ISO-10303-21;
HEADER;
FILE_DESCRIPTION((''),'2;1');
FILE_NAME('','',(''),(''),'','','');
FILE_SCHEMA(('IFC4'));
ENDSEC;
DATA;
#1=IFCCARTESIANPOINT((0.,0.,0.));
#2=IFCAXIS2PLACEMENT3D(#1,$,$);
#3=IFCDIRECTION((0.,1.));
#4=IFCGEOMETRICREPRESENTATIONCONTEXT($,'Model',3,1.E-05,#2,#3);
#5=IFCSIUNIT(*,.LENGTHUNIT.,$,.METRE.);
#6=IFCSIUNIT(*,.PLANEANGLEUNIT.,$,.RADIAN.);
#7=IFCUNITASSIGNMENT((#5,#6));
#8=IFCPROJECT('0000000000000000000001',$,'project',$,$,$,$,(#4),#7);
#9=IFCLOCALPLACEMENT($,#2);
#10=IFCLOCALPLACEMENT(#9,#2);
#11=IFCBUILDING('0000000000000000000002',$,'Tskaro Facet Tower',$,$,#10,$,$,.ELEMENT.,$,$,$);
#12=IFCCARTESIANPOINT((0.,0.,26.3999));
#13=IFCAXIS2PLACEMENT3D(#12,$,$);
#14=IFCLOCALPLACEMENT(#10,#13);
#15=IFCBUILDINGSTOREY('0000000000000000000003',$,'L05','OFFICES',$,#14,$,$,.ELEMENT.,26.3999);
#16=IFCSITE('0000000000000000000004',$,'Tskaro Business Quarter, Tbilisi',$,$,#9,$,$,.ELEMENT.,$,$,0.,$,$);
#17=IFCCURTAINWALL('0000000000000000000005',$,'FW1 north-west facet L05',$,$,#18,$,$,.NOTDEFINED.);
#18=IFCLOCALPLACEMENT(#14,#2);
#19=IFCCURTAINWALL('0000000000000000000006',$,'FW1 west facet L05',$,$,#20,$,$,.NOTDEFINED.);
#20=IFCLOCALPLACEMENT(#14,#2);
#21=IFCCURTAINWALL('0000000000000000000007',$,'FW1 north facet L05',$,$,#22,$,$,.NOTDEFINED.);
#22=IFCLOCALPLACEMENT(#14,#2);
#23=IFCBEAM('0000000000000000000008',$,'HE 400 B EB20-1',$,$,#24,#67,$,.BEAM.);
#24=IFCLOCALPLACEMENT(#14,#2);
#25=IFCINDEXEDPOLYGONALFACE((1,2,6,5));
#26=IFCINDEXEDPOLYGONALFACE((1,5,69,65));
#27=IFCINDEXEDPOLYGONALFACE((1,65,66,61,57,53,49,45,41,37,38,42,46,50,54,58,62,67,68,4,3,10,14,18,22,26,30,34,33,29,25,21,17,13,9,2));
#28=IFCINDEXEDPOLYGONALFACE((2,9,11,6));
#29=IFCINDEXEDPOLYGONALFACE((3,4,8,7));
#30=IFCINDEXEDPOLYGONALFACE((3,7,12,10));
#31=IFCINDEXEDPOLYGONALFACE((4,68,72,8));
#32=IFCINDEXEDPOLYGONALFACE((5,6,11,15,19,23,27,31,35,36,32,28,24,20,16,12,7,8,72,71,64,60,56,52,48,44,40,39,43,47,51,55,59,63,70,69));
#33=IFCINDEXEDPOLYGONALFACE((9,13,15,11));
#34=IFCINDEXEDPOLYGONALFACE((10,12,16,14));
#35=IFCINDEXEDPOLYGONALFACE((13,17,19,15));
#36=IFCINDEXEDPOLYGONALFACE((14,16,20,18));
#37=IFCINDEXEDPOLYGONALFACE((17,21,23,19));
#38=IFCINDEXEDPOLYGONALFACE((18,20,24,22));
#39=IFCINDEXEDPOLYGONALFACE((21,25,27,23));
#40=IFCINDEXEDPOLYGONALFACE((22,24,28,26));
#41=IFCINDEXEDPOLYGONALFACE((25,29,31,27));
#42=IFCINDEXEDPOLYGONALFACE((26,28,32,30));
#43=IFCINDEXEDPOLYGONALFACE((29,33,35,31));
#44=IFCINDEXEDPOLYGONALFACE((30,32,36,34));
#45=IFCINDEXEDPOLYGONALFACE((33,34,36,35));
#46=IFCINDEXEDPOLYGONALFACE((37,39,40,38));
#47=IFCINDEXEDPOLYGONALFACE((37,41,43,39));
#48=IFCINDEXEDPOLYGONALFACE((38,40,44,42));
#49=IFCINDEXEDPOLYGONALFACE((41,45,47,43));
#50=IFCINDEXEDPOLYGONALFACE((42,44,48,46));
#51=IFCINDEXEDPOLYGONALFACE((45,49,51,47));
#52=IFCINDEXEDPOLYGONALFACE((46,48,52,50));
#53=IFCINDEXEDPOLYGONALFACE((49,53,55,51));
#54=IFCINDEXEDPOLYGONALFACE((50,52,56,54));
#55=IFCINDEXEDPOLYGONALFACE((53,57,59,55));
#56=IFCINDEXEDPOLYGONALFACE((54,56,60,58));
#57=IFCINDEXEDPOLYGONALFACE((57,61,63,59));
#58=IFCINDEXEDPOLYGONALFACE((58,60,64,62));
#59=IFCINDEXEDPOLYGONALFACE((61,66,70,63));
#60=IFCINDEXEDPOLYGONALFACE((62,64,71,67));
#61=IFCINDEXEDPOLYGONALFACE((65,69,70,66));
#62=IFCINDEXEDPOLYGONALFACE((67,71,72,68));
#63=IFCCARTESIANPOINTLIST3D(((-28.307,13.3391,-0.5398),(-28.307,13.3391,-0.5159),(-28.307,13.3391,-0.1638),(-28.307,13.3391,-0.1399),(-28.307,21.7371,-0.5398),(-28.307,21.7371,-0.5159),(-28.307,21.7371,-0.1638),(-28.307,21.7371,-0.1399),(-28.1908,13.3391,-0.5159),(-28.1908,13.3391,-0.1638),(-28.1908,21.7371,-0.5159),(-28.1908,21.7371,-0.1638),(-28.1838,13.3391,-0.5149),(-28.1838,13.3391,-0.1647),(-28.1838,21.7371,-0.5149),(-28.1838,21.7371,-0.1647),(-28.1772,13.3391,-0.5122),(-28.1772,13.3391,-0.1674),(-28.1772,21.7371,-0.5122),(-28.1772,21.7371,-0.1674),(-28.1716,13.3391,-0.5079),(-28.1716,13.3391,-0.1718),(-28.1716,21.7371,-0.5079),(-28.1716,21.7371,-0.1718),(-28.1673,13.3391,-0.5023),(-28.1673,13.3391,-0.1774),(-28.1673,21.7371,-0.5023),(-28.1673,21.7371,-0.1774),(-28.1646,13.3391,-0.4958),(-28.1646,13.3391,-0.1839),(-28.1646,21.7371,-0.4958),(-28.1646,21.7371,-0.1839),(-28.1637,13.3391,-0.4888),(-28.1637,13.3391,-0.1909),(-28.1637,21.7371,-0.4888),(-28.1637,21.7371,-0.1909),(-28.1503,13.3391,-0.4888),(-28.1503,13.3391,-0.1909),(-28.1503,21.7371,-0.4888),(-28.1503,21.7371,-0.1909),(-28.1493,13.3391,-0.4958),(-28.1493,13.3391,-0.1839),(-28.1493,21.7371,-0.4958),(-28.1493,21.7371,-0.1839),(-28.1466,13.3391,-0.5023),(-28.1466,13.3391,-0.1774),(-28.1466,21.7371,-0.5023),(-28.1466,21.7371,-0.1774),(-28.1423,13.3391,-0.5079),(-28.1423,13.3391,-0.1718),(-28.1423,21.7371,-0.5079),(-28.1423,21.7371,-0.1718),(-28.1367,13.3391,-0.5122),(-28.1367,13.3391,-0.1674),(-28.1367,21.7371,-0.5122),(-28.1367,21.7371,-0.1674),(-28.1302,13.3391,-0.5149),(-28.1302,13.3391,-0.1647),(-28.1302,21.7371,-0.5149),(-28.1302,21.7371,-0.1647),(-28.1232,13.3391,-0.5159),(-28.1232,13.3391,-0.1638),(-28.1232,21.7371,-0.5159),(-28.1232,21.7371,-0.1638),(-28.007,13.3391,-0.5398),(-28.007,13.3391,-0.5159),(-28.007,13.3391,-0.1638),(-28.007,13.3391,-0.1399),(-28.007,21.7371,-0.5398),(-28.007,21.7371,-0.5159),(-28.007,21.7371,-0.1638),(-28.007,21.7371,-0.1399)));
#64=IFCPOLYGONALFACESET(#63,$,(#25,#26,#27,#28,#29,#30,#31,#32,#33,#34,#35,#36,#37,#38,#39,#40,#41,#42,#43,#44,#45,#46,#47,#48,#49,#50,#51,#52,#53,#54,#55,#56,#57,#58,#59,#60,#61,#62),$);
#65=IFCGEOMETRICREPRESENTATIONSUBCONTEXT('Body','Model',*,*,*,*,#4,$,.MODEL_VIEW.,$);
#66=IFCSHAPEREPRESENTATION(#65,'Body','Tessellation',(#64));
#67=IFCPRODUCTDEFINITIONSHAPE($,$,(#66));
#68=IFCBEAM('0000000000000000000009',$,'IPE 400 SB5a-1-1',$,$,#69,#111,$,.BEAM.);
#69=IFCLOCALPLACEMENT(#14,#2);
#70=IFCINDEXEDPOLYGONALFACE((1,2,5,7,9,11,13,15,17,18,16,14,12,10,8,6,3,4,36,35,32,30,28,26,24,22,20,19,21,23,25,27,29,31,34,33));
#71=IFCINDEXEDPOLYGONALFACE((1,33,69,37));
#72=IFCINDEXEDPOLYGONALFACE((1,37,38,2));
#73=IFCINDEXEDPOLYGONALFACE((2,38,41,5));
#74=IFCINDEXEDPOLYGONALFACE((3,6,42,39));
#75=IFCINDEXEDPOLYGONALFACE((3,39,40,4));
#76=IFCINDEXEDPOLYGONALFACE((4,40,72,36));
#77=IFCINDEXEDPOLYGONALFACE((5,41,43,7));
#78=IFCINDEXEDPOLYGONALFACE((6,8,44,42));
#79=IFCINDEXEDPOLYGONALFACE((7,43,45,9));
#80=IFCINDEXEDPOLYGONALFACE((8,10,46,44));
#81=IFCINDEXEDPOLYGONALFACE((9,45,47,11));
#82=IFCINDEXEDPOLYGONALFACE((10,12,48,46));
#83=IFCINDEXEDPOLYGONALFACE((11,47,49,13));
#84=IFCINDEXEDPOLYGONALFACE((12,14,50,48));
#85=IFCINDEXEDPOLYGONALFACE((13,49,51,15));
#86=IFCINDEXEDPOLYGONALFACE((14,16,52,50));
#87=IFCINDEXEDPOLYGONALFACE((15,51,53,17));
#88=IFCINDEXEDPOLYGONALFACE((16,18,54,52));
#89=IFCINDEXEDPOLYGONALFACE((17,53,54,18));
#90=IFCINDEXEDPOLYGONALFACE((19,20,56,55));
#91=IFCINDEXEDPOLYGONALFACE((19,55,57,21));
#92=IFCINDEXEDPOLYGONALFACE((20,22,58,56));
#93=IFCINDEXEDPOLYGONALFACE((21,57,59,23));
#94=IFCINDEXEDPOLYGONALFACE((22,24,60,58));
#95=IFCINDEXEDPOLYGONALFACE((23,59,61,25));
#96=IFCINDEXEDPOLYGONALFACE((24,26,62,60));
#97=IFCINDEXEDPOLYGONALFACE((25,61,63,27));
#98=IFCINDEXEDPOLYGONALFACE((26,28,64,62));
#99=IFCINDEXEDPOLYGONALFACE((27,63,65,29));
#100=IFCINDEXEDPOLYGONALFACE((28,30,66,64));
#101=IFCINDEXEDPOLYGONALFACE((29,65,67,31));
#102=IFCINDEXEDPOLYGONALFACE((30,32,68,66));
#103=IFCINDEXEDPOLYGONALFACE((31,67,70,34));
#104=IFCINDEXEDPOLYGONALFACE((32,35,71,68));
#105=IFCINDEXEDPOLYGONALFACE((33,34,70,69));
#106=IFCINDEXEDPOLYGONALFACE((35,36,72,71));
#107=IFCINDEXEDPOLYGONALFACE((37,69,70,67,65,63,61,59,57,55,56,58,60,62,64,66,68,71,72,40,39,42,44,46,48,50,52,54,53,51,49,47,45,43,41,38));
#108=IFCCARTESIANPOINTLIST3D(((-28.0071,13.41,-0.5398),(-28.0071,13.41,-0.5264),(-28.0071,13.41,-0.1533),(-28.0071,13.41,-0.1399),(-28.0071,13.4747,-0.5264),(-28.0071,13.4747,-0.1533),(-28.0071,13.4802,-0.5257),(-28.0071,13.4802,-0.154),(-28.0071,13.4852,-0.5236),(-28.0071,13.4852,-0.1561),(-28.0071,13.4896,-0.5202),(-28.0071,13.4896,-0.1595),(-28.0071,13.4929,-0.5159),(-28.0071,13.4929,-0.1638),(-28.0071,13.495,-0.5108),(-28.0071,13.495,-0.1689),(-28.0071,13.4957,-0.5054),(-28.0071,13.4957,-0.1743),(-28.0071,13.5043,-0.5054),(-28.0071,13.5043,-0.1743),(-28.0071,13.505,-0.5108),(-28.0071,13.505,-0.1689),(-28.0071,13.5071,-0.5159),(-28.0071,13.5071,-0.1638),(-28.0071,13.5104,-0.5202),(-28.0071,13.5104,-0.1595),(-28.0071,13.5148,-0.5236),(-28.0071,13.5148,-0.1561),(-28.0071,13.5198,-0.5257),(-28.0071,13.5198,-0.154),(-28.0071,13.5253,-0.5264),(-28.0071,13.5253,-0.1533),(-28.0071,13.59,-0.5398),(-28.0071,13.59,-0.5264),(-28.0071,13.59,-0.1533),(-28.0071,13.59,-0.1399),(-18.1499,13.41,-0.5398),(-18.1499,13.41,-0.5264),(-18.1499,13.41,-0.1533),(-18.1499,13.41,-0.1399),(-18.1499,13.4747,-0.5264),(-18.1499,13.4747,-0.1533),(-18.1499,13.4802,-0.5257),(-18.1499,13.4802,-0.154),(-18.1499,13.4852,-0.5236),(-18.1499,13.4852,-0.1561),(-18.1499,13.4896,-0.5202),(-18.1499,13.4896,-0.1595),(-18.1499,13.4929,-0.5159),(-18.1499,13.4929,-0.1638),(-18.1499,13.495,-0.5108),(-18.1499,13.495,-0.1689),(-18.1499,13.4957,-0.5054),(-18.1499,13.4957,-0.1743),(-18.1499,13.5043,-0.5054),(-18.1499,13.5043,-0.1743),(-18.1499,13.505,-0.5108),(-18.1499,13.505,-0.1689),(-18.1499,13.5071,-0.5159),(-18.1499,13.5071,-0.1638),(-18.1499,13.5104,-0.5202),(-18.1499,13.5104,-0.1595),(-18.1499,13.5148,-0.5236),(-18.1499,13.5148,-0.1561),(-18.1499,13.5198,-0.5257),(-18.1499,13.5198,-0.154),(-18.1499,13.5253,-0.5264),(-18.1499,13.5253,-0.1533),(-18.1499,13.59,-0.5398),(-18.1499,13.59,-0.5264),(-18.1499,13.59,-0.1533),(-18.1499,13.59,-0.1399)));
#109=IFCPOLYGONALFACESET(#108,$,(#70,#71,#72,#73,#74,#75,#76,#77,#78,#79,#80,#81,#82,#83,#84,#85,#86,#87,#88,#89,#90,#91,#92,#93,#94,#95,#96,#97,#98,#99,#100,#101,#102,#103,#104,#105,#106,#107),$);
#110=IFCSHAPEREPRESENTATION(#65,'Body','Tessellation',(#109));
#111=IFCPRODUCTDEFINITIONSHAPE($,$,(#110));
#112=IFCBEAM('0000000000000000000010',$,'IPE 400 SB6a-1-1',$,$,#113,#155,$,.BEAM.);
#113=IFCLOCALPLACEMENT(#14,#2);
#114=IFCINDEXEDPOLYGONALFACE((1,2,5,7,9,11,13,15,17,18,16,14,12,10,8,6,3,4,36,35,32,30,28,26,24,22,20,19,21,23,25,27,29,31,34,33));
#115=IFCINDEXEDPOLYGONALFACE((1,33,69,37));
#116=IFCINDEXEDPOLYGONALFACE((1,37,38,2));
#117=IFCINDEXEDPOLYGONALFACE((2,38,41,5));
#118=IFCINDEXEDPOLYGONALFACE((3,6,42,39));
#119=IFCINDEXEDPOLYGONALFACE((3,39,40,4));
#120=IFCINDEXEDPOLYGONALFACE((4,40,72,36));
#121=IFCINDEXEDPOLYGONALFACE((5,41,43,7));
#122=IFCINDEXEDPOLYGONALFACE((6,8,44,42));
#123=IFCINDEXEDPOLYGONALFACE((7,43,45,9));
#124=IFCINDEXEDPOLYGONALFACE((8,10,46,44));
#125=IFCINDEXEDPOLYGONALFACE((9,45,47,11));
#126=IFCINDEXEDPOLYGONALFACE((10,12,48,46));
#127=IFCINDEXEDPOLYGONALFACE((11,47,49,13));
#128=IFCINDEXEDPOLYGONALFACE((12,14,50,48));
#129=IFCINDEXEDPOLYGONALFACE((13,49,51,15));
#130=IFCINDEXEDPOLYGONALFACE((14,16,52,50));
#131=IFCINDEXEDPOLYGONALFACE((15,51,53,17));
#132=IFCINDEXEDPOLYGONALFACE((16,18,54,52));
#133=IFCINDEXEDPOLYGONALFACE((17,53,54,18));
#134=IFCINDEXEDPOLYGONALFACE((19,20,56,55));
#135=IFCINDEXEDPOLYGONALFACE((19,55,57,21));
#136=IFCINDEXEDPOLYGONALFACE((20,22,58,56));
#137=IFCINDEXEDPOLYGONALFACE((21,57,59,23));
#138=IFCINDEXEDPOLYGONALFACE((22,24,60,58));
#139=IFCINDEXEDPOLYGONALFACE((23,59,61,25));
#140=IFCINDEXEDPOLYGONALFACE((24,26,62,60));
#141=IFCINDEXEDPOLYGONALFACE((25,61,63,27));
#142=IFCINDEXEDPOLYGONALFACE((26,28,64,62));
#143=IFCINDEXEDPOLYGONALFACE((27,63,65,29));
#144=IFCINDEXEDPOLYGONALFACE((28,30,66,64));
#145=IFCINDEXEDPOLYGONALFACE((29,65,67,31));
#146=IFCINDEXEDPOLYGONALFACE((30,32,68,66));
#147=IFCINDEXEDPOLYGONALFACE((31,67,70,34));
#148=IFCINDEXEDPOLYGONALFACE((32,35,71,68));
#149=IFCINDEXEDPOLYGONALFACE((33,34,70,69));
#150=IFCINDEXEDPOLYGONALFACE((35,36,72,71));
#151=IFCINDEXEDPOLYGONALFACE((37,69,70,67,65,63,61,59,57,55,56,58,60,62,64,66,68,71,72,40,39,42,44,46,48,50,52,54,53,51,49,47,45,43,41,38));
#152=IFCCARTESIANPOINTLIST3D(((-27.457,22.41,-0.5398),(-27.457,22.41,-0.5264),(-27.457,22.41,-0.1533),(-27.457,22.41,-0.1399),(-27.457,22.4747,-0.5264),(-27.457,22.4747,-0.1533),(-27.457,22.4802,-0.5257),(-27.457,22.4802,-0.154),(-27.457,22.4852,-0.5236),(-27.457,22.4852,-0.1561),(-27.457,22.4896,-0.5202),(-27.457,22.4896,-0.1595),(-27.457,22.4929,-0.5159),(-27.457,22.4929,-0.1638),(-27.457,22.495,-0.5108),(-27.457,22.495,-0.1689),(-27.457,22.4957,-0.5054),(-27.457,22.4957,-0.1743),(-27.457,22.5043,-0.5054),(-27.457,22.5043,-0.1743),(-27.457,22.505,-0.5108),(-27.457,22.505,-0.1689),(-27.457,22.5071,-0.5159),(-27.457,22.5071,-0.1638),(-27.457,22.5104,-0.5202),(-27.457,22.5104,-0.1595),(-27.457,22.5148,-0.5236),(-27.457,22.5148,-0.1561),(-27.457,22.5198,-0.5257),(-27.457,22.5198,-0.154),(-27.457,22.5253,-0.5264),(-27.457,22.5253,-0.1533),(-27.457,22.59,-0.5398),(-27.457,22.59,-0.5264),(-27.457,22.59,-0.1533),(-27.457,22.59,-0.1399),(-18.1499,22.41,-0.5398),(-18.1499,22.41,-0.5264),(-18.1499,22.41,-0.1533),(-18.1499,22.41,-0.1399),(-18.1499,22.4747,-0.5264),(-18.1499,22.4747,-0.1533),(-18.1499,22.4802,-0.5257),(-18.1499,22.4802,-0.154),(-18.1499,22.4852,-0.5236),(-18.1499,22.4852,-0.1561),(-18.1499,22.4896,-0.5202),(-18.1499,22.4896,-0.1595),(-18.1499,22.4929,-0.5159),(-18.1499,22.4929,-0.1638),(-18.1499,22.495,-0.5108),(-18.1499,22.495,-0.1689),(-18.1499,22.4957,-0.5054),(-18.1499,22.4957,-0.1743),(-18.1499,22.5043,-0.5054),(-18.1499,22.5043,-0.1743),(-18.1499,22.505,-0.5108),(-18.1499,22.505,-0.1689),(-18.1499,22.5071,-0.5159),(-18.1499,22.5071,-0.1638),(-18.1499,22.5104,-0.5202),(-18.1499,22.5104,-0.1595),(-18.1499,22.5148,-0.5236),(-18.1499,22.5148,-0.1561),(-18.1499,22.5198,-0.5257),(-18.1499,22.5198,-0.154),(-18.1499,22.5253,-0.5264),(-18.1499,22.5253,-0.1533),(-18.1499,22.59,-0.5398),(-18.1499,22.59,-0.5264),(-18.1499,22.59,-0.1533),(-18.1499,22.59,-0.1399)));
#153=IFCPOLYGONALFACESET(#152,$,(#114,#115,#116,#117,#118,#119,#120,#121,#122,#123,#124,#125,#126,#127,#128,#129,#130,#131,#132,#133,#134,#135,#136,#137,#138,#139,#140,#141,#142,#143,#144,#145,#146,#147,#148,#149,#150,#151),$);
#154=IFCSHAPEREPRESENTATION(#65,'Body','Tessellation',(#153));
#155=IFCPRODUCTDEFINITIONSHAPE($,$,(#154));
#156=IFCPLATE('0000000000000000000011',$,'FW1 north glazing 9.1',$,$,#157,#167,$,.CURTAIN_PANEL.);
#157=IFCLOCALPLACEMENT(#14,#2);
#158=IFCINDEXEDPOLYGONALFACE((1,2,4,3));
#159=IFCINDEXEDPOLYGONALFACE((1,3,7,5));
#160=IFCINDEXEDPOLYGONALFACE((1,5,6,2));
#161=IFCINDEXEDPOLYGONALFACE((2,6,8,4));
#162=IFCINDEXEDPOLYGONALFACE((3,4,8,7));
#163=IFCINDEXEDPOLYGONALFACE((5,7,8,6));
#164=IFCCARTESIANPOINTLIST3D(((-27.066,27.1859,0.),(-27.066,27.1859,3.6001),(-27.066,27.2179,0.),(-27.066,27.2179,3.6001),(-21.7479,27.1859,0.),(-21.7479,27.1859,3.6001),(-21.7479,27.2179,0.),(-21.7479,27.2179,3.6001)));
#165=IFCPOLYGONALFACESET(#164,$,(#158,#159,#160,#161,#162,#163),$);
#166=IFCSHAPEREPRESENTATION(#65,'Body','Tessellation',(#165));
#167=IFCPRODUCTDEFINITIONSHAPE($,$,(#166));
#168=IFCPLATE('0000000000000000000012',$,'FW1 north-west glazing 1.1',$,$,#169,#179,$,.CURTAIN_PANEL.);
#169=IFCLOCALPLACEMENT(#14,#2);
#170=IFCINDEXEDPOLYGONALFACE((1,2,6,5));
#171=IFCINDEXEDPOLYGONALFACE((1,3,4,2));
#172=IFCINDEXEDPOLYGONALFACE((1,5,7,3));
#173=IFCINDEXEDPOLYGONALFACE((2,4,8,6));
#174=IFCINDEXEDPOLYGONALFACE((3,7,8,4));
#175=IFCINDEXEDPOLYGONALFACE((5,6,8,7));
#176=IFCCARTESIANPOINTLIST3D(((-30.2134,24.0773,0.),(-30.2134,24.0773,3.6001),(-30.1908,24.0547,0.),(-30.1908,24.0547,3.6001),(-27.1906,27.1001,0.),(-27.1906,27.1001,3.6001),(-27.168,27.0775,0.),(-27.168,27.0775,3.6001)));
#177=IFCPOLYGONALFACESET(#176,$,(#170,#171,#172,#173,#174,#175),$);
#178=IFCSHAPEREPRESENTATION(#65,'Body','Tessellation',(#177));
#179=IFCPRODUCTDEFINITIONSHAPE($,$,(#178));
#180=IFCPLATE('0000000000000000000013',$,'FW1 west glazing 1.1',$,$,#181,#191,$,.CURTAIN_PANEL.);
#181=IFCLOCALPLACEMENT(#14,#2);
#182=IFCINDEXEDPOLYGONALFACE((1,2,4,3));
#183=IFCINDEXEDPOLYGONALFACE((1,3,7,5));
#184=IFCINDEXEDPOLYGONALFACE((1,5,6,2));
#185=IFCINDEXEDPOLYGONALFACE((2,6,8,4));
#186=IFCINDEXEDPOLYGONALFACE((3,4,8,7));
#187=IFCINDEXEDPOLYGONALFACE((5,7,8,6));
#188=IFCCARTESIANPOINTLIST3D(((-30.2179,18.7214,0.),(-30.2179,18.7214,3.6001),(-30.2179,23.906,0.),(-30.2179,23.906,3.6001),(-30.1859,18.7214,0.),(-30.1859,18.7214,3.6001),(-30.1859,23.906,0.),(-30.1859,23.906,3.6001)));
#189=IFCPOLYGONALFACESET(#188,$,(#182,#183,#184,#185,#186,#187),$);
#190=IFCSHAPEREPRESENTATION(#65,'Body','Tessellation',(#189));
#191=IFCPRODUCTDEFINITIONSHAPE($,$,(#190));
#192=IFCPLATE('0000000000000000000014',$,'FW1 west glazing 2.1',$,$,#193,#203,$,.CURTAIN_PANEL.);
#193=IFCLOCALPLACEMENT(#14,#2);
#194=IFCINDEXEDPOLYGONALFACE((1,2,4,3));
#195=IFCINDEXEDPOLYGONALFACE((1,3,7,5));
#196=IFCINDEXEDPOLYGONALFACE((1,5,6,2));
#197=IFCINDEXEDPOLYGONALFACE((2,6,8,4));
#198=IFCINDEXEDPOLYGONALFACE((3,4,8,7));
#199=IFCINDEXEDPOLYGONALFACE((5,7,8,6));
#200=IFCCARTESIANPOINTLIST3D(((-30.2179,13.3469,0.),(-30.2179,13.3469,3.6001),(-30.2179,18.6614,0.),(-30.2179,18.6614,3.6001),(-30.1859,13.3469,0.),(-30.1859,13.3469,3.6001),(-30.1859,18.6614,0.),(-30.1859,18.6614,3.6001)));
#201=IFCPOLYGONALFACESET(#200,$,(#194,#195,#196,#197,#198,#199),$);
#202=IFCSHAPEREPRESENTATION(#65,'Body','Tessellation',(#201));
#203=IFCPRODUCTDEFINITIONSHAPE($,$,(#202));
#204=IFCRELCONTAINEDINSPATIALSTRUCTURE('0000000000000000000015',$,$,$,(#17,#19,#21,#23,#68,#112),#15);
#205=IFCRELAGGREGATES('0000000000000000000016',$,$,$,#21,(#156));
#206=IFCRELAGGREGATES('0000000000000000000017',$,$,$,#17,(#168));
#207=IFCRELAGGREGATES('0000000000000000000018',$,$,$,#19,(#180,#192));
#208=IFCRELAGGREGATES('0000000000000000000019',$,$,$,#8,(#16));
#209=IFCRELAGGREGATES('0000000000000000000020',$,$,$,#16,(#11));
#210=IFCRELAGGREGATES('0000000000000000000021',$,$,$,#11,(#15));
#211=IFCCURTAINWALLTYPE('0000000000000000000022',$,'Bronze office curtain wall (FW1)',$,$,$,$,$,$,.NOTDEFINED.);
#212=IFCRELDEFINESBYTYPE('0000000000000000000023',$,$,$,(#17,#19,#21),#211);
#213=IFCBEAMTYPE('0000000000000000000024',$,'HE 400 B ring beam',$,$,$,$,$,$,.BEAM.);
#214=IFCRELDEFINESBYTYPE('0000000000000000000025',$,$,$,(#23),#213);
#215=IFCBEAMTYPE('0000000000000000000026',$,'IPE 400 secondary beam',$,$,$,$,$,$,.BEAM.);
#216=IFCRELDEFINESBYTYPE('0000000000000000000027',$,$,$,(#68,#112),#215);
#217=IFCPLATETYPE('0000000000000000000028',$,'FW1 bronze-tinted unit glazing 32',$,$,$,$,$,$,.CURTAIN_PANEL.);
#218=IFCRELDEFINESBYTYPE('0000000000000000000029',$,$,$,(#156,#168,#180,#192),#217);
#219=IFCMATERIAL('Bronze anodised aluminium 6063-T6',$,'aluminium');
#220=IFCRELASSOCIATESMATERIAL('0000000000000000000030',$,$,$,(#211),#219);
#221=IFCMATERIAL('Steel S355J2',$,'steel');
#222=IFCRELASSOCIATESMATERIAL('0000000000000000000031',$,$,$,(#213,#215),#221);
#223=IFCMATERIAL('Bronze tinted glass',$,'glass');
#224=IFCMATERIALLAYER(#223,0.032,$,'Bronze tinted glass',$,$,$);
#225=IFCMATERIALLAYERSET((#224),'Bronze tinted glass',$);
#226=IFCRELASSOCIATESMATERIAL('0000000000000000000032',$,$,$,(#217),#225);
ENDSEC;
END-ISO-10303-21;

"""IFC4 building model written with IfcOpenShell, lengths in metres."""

from ifc_helpers import new_model, si_unit, direction, frame, origin, origin_2d, place, context, subcontext, project, spatial, rectangle, i_section, extrude, material, layer, layer_set, material_profile, profile_set, type_object, element, aggregate, save


model = new_model("IFC4")

# Units and contexts
model_context = context("Model", 3, precision=1e-05, world=origin(), true_north=direction((0.0, 1.0)))
body_context = subcontext(model_context, "Body", "Model", "MODEL_VIEW")
ifc_project = project(units=[si_unit("LENGTHUNIT", "METRE"), si_unit("PLANEANGLEUNIT", "RADIAN")], contexts=[model_context])

# Site, building, storey
site_placement = place(None, origin())
site = spatial("IfcSite", under=ifc_project, at=site_placement, Name="Tskaro Business Quarter, Tbilisi", CompositionType="ELEMENT", RefElevation=0.0)
building_placement = place(site_placement, origin())
building = spatial("IfcBuilding", under=site, at=building_placement, Name="Tskaro Facet Tower", CompositionType="ELEMENT")
storey_placement = place(building_placement, frame((0.0, 0.0, 26.3999)))
storey = spatial("IfcBuildingStorey", under=building, at=storey_placement, Name="L05", Description="OFFICES", CompositionType="ELEMENT", Elevation=26.3999)

# Curtain walls
ifc_material_1 = material(Name="Bronze anodised aluminium 6063-T6", Category="aluminium")
curtain_wall_type = type_object("IfcCurtainWallType", Name="Bronze office curtain wall (FW1)", PredefinedType="NOTDEFINED", material=ifc_material_1)
curtain_wall_1_placement = place(storey_placement, origin())
curtain_wall_1 = element("IfcCurtainWall", 1, at=curtain_wall_1_placement, inside=storey, type_object=curtain_wall_type, Name="FW1 north-west facet L05", PredefinedType="NOTDEFINED")
curtain_wall_2_placement = place(storey_placement, origin())
curtain_wall_2 = element("IfcCurtainWall", 2, at=curtain_wall_2_placement, inside=storey, type_object=curtain_wall_type, Name="FW1 west facet L05", PredefinedType="NOTDEFINED")
curtain_wall_3_placement = place(storey_placement, origin())
curtain_wall_3 = element("IfcCurtainWall", 3, at=curtain_wall_3_placement, inside=storey, type_object=curtain_wall_type, Name="FW1 north facet L05", PredefinedType="NOTDEFINED")

# Beams
ifc_material_2 = material(Name="Steel S355J2", Category="steel")
ifc_material_profile_1 = material_profile(ifc_material_2, i_section(OverallWidth=0.3, OverallDepth=0.3999, WebThickness=0.0134, FlangeThickness=0.0239, FilletRadius=0.0271, at=origin_2d()), Name="HE 400 B")
ifc_profile_set_1 = profile_set([ifc_material_profile_1], Name="Steel S355J2")
beam_type_1 = type_object("IfcBeamType", Name="HE 400 B ring beam", PredefinedType="BEAM", material=ifc_profile_set_1)
beam_1_placement = place(storey_placement, frame((-28.157, 21.7371, -0.3398), z_axis=(0.0, -1.0, 0.0), x_axis=(1.0, 0.0, 0.0)))
element("IfcBeam", 4, at=beam_1_placement, inside=storey, type_object=beam_type_1, Name="HE 400 B EB20-1", PredefinedType="BEAM", context=body_context, shape_type="SweptSolid", body=[
    extrude(i_section(OverallWidth=0.3, OverallDepth=0.3999, WebThickness=0.0134, FlangeThickness=0.0239, FilletRadius=0.0271, at=origin_2d()), origin(), (0.0, 0.0, 1.0), 8.3979),
])
ifc_material_profile_2 = material_profile(ifc_material_2, i_section(OverallWidth=0.1799, OverallDepth=0.3999, WebThickness=0.0085, FlangeThickness=0.0134, FilletRadius=0.021, at=origin_2d()), Name="IPE 400")
ifc_profile_set_2 = profile_set([ifc_material_profile_2], Name="Steel S355J2")
beam_type_2 = type_object("IfcBeamType", Name="IPE 400 secondary beam", PredefinedType="BEAM", material=ifc_profile_set_2)
beam_2_placement = place(storey_placement, frame((-28.0071, 13.5, -0.3398), z_axis=(1.0, 0.0, 0.0), x_axis=(0.0, 1.0, 0.0)))
element("IfcBeam", 5, at=beam_2_placement, inside=storey, type_object=beam_type_2, Name="IPE 400 SB5a-1-1", PredefinedType="BEAM", context=body_context, shape_type="SweptSolid", body=[
    extrude(i_section(OverallWidth=0.1799, OverallDepth=0.3999, WebThickness=0.0085, FlangeThickness=0.0134, FilletRadius=0.021, at=origin_2d()), origin(), (0.0, 0.0, 1.0), 9.8572),
])
beam_3_placement = place(storey_placement, frame((-27.457, 22.5, -0.3398), z_axis=(1.0, 0.0, 0.0), x_axis=(0.0, 1.0, 0.0)))
element("IfcBeam", 6, at=beam_3_placement, inside=storey, type_object=beam_type_2, Name="IPE 400 SB6a-1-1", PredefinedType="BEAM", context=body_context, shape_type="SweptSolid", body=[
    extrude(i_section(OverallWidth=0.1799, OverallDepth=0.3999, WebThickness=0.0085, FlangeThickness=0.0134, FilletRadius=0.021, at=origin_2d()), origin(), (0.0, 0.0, 1.0), 9.3071),
])

# Plates
ifc_material_3 = material(Name="Bronze tinted glass", Category="glass")
ifc_layer_1 = layer(ifc_material_3, 0.032, Name="Bronze tinted glass")
ifc_layer_set_1 = layer_set([ifc_layer_1], Name="Bronze tinted glass")
plate_type = type_object("IfcPlateType", Name="FW1 bronze-tinted unit glazing 32", PredefinedType="CURTAIN_PANEL", material=ifc_layer_set_1)
plate_1_placement = place(storey_placement, frame((-24.407, 27.2019, 0.0), z_axis=(0.0, 0.0, 1.0), x_axis=(-1.0, 0.0, 0.0)))
plate_1 = element("IfcPlate", 7, at=plate_1_placement, type_object=plate_type, Name="FW1 north glazing 9.1", PredefinedType="CURTAIN_PANEL", context=body_context, shape_type="SweptSolid", body=[
    extrude(rectangle(XDim=5.3181, YDim=0.032, at=origin_2d()), origin(), (0.0, 0.0, 1.0), 3.6001),
])
aggregate(curtain_wall_3, [plate_1])
plate_2_placement = place(storey_placement, frame((-28.6907, 25.5774, 0.0), z_axis=(0.0, 0.0, 1.0), x_axis=(-0.707107, -0.707107, 0.0)))
plate_2 = element("IfcPlate", 8, at=plate_2_placement, type_object=plate_type, Name="FW1 north-west glazing 1.1", PredefinedType="CURTAIN_PANEL", context=body_context, shape_type="SweptSolid", body=[
    extrude(rectangle(XDim=4.2749, YDim=0.032, at=origin_2d()), origin(), (0.0, 0.0, 1.0), 3.6001),
])
aggregate(curtain_wall_1, [plate_2])
plate_3_placement = place(storey_placement, frame((-30.2019, 21.3137, 0.0), z_axis=(0.0, 0.0, 1.0), x_axis=(0.0, -1.0, 0.0)))
plate_3 = element("IfcPlate", 9, at=plate_3_placement, type_object=plate_type, Name="FW1 west glazing 1.1", PredefinedType="CURTAIN_PANEL", context=body_context, shape_type="SweptSolid", body=[
    extrude(rectangle(XDim=5.1846, YDim=0.032, at=origin_2d()), origin(), (0.0, 0.0, 1.0), 3.6001),
])
plate_4_placement = place(storey_placement, frame((-30.2019, 16.0042, 0.0), z_axis=(0.0, 0.0, 1.0), x_axis=(0.0, -1.0, 0.0)))
plate_4 = element("IfcPlate", 10, at=plate_4_placement, type_object=plate_type, Name="FW1 west glazing 2.1", PredefinedType="CURTAIN_PANEL", context=body_context, shape_type="SweptSolid", body=[
    extrude(rectangle(XDim=5.3145, YDim=0.032, at=origin_2d()), origin(), (0.0, 0.0, 1.0), 3.6001),
])
aggregate(curtain_wall_2, [plate_3, plate_4])

save(model, "model.ifc")
